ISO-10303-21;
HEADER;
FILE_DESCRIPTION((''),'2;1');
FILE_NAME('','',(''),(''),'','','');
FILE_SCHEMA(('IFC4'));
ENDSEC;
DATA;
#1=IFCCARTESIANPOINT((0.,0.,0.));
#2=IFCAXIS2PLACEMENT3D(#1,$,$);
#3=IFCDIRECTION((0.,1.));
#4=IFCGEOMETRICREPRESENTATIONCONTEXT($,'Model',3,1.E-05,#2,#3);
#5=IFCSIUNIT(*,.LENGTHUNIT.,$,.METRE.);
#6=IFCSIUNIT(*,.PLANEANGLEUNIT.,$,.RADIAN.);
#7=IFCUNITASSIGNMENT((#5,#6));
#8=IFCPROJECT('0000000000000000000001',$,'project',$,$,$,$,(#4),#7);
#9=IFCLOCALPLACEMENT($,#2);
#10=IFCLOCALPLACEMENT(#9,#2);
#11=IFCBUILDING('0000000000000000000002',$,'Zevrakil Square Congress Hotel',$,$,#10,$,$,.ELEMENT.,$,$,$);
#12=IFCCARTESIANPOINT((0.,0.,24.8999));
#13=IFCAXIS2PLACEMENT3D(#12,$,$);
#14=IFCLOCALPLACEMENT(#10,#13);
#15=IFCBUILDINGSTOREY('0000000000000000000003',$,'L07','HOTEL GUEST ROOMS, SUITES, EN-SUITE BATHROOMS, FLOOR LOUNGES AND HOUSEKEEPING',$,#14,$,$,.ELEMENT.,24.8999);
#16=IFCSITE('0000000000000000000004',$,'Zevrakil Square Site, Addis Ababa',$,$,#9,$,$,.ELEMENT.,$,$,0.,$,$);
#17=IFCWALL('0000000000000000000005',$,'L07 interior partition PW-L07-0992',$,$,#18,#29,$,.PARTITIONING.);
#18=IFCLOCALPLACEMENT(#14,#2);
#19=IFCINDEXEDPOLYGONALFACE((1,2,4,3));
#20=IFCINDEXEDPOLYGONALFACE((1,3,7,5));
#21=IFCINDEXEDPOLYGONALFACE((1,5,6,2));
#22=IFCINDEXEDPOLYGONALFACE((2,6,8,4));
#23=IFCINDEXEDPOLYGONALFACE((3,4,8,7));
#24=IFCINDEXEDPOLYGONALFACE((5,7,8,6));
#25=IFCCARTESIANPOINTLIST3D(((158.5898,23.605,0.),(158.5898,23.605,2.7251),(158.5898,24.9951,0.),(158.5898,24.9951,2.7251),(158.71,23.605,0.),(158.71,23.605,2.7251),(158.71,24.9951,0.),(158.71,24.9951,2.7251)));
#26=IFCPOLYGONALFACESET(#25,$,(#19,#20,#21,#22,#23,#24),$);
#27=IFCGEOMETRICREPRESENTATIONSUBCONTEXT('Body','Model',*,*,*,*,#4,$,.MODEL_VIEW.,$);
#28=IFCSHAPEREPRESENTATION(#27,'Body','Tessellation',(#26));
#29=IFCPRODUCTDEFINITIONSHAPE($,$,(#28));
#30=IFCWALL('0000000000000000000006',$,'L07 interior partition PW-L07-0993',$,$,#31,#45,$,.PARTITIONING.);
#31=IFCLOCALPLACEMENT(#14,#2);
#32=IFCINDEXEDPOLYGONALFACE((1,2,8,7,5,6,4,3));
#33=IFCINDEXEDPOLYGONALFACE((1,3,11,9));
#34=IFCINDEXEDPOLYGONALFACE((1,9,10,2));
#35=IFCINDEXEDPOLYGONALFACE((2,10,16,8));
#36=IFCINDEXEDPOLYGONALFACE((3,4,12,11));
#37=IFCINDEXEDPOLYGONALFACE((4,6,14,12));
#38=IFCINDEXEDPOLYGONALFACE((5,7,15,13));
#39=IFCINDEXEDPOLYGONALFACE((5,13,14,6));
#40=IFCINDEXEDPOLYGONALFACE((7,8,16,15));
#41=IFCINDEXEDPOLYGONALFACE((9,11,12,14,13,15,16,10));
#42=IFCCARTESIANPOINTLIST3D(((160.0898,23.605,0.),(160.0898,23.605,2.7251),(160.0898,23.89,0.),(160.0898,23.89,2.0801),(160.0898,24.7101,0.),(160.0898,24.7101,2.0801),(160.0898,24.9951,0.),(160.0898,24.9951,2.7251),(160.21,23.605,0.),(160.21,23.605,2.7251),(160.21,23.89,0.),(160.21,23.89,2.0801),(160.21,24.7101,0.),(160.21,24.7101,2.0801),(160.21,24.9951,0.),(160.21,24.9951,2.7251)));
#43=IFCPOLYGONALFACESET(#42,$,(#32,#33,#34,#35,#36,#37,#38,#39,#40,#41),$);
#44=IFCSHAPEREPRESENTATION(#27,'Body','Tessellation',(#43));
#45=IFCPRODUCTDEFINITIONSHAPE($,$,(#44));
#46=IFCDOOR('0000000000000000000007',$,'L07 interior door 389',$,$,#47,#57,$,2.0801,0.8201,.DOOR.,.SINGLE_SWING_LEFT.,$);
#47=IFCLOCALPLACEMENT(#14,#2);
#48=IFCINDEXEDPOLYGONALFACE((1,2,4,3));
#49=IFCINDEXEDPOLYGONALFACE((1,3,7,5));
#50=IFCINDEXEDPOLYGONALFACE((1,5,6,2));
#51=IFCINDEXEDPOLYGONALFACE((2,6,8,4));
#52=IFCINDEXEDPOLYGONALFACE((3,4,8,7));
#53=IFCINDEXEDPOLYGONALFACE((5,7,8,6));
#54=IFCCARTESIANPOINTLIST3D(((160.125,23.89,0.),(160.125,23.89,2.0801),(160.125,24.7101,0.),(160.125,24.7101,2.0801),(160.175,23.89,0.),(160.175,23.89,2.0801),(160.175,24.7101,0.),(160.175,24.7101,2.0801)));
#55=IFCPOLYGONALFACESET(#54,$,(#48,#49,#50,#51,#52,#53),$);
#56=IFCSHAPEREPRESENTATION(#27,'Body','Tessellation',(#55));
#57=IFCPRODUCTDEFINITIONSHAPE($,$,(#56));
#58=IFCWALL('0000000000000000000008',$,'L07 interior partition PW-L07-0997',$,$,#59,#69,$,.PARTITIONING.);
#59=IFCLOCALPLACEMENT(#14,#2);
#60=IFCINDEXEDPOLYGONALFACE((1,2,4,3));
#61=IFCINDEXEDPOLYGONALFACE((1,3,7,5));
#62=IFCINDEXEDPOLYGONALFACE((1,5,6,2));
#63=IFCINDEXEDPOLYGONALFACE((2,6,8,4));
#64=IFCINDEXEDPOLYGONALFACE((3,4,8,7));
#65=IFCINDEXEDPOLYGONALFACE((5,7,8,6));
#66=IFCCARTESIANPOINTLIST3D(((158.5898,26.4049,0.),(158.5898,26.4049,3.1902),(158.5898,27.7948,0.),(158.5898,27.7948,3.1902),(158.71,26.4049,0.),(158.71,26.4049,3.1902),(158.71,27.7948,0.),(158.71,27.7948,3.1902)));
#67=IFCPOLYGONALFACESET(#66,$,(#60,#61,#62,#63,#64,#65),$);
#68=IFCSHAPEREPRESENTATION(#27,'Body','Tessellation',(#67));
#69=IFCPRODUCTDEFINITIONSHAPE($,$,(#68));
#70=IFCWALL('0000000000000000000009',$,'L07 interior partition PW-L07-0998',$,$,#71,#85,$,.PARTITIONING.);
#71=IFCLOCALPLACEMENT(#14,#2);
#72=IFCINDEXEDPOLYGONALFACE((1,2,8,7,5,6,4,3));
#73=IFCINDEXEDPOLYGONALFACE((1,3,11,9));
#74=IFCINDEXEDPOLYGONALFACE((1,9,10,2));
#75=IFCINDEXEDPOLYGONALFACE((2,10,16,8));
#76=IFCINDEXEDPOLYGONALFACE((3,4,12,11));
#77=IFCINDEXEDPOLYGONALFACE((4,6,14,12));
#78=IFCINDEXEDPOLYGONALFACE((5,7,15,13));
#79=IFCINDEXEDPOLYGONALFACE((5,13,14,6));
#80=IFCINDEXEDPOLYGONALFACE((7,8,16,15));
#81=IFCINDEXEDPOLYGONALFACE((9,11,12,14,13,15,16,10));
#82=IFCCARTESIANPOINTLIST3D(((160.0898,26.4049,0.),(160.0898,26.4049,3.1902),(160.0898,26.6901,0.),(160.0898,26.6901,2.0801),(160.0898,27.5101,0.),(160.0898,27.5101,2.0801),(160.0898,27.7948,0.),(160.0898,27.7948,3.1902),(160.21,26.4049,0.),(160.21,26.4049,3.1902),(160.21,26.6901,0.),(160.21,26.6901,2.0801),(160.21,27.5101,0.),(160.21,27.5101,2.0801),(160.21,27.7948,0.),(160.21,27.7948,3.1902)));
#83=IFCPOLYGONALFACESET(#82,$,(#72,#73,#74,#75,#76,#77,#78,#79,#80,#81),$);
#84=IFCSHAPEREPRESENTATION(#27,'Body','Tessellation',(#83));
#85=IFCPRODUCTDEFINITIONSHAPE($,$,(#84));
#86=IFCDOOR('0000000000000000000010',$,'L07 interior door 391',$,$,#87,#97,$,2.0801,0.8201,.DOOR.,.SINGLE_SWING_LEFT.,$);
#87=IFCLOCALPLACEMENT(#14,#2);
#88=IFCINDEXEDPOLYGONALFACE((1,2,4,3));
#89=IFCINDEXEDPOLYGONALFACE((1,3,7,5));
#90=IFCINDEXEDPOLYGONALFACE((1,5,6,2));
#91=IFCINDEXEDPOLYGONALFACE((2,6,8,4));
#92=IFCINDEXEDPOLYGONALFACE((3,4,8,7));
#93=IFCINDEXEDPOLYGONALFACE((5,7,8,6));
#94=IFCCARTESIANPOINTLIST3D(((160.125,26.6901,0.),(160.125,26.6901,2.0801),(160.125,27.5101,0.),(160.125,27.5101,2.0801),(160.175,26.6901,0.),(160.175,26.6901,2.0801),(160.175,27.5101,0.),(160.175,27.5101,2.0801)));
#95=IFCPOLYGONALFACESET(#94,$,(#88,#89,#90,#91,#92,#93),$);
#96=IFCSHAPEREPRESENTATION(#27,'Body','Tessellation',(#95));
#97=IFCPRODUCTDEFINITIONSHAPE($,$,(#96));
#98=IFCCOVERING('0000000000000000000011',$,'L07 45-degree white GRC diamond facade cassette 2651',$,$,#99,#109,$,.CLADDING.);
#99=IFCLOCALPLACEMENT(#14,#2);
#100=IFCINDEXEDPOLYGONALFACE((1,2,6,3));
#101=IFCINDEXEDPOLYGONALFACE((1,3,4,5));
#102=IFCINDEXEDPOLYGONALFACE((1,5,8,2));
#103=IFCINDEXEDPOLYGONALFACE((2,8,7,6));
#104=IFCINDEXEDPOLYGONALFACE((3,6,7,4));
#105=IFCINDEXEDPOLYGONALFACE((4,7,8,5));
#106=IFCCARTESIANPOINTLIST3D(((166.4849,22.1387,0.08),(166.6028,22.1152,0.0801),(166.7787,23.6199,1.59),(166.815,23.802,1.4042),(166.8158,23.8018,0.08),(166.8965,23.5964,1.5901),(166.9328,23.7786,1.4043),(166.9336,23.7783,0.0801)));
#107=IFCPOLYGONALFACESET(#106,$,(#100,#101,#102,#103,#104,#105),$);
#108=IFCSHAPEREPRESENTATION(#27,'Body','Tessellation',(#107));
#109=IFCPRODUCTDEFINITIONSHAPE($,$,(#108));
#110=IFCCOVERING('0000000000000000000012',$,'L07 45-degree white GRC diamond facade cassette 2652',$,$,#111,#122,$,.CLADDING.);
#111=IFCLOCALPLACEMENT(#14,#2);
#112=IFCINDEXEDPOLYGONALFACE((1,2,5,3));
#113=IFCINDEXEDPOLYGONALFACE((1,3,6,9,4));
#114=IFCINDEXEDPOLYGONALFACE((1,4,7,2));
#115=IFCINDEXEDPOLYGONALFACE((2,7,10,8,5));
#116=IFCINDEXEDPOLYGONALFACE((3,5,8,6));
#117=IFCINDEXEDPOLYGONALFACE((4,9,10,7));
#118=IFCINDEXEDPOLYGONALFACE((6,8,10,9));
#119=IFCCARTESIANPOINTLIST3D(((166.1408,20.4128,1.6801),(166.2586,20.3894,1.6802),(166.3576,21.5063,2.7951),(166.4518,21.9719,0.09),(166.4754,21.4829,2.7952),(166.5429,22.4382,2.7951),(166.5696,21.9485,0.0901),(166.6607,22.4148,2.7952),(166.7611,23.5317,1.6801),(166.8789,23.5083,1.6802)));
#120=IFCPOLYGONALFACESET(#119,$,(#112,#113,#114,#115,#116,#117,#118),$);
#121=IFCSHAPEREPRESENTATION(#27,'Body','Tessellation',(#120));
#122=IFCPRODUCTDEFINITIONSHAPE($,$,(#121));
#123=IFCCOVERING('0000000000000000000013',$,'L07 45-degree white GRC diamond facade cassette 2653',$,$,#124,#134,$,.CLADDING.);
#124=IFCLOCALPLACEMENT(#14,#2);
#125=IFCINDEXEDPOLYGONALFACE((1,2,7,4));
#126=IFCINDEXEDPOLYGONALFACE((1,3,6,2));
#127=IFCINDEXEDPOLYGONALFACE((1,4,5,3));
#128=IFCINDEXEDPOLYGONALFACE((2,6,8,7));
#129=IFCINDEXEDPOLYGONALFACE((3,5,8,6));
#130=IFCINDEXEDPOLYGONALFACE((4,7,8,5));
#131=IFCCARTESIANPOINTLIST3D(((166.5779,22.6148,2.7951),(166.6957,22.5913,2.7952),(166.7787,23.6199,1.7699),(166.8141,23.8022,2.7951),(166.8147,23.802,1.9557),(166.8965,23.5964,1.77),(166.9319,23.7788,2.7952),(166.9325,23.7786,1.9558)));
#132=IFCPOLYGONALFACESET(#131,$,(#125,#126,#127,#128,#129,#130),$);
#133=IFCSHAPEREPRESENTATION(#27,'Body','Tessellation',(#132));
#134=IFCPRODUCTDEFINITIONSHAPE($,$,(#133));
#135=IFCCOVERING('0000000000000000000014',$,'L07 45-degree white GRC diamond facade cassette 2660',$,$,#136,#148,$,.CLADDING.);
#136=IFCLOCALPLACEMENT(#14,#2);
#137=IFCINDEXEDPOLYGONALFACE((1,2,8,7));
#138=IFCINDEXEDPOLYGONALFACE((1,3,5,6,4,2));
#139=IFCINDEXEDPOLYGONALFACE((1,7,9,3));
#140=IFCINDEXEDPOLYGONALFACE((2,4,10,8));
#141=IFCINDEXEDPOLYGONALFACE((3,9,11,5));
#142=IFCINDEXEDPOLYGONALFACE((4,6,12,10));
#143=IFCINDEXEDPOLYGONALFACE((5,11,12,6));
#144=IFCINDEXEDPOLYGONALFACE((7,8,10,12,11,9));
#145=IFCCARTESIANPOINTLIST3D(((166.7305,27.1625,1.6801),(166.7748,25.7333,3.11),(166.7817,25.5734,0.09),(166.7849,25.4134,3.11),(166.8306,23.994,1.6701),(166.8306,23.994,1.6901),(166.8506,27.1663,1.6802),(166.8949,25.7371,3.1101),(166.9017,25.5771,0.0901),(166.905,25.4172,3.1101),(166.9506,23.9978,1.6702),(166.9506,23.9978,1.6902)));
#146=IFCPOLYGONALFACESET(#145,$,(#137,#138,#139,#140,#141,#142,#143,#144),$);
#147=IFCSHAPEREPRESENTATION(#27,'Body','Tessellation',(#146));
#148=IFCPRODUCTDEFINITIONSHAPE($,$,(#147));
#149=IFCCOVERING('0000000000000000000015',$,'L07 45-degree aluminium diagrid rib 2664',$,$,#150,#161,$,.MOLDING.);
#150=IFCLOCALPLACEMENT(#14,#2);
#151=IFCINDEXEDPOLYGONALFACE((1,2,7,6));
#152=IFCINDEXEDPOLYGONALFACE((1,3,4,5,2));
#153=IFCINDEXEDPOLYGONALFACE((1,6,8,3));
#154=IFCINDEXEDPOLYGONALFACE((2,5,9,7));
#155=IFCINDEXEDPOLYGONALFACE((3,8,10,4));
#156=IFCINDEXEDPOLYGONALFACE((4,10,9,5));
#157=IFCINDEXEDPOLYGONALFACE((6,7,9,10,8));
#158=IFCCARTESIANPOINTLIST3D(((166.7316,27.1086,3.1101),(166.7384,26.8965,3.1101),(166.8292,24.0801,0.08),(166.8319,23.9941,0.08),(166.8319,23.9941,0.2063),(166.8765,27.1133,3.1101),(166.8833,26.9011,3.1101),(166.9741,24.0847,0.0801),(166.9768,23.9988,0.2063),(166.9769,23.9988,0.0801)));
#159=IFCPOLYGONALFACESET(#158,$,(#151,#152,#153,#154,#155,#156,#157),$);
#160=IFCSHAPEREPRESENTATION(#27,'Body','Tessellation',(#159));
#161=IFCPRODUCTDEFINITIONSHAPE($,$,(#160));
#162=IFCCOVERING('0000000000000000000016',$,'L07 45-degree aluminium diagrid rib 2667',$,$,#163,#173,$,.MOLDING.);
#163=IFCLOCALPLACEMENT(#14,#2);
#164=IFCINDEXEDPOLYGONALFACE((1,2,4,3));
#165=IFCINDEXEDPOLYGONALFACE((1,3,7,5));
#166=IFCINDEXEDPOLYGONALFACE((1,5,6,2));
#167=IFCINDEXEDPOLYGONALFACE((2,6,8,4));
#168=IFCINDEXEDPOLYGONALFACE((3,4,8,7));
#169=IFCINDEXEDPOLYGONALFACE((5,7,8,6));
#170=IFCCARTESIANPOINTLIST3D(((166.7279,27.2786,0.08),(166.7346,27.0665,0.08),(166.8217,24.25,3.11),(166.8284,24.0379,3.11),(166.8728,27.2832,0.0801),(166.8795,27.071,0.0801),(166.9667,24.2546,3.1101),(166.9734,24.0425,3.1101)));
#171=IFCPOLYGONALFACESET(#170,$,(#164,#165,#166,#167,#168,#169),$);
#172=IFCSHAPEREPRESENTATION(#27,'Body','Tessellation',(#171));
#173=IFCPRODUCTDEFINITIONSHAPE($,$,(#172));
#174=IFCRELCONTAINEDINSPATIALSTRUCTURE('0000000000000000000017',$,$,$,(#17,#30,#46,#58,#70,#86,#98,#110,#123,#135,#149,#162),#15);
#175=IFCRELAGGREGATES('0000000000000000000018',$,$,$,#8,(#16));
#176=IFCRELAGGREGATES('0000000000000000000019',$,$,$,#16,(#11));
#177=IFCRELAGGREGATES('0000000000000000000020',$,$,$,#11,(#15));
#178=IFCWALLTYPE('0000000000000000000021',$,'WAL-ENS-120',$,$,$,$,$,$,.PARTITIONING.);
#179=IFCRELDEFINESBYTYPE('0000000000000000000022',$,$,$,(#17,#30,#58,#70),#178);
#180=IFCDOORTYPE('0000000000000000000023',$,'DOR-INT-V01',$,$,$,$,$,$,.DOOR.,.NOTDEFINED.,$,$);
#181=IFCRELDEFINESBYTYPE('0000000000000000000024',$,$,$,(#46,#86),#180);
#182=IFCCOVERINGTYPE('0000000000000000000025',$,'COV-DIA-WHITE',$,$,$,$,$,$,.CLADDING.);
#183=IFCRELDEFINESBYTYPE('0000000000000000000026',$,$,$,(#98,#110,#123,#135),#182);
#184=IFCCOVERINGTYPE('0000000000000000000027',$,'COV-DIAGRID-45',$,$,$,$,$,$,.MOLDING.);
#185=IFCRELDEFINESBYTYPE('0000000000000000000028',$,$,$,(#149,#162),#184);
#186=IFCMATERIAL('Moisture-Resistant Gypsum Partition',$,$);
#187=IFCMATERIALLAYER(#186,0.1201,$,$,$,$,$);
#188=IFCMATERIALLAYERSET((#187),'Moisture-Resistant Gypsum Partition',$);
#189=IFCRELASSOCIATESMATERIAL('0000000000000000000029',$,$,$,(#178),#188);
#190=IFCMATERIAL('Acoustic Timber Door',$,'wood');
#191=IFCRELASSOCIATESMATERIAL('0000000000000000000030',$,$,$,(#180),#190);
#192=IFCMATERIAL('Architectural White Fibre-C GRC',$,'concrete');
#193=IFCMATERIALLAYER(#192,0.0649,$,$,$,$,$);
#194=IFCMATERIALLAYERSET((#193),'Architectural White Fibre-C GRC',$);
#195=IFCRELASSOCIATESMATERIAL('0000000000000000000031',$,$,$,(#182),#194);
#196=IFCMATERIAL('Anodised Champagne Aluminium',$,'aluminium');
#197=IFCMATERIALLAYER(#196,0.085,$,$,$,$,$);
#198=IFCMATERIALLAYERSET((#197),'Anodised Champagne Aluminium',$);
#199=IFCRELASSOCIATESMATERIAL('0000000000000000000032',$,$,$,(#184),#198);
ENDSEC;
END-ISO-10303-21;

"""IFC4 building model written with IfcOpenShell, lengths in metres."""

from ifc_helpers import new_model, si_unit, direction, frame, frame_2d, origin, place, context, subcontext, project, spatial, polyline, rectangle, outline, extrude, material, layer, layer_set, type_object, element, fill, save


model = new_model("IFC4")

# Units and contexts
model_context = context("Model", 3, precision=1e-05, world=origin(), true_north=direction((0.0, 1.0)))
body_context = subcontext(model_context, "Body", "Model", "MODEL_VIEW")
ifc_project = project(units=[si_unit("LENGTHUNIT", "METRE"), si_unit("PLANEANGLEUNIT", "RADIAN")], contexts=[model_context])

# Site, building, storey
site_placement = place(None, origin())
site = spatial("IfcSite", under=ifc_project, at=site_placement, Name="Zevrakil Square Site, Addis Ababa", CompositionType="ELEMENT", RefElevation=0.0)
building_placement = place(site_placement, origin())
building = spatial("IfcBuilding", under=site, at=building_placement, Name="Zevrakil Square Congress Hotel", CompositionType="ELEMENT")
storey_placement = place(building_placement, frame((0.0, 0.0, 24.8999)))
storey = spatial("IfcBuildingStorey", under=building, at=storey_placement, Name="L07", Description="HOTEL GUEST ROOMS, SUITES, EN-SUITE BATHROOMS, FLOOR LOUNGES AND HOUSEKEEPING", CompositionType="ELEMENT", Elevation=24.8999)

# Wall
ifc_material_1 = material(Name="Moisture-Resistant Gypsum Partition")
ifc_layer_1 = layer(ifc_material_1, 0.1201)
ifc_layer_set_1 = layer_set([ifc_layer_1], Name="Moisture-Resistant Gypsum Partition")
wall_type_1 = type_object("IfcWallType", Name="WAL-ENS-120", PredefinedType="PARTITIONING", material=ifc_layer_set_1)
wall_1_placement = place(storey_placement, frame((158.6499, 23.605, 0.0), z_axis=(0.0, 0.0, 1.0), x_axis=(0.0, 1.0, 0.0)))
element("IfcWall", 1, at=wall_1_placement, inside=storey, type_object=wall_type_1, Name="L07 interior partition PW-L07-0992", PredefinedType="PARTITIONING", context=body_context, shape_type="SweptSolid", body=[
    extrude(rectangle(XDim=1.3901, YDim=0.1201, at=frame_2d((0.6951, 0.0))), origin(), (0.0, 0.0, 1.0), 2.7251),
])

# Wall, opening, door
wall_2_placement = place(storey_placement, frame((160.1499, 23.605, 0.0), z_axis=(0.0, 0.0, 1.0), x_axis=(0.0, 1.0, 0.0)))
wall_2 = element("IfcWall", 2, at=wall_2_placement, inside=storey, type_object=wall_type_1, Name="L07 interior partition PW-L07-0993", PredefinedType="PARTITIONING", context=body_context, shape_type="SweptSolid", body=[
    extrude(rectangle(XDim=1.3901, YDim=0.1201, at=frame_2d((0.6951, 0.0))), origin(), (0.0, 0.0, 1.0), 2.7251),
])
opening_1_placement = place(wall_2_placement, frame((0.2849, 0.0, 0.0)))
opening_1 = element("IfcOpeningElement", 3, at=opening_1_placement, cuts=wall_2, PredefinedType="OPENING", context=body_context, shape_type="SweptSolid", body=[
    extrude(rectangle(XDim=0.8201, YDim=2.0801, at=frame_2d((0.4102, 1.04))), frame((0.0, 0.0701, 0.0), z_axis=(0.0, -1.0, 0.0), x_axis=(1.0, 0.0, 0.0)), (0.0, 0.0, 1.0), 0.1401),
])
ifc_material_2 = material(Name="Acoustic Timber Door", Category="wood")
door_type_1 = type_object("IfcDoorType", Name="DOR-INT-V01", OperationType="NOTDEFINED", PredefinedType="DOOR", material=ifc_material_2)
door_1_placement = place(opening_1_placement, origin())
door_1 = element("IfcDoor", 4, at=door_1_placement, inside=storey, type_object=door_type_1, Name="L07 interior door 389", OperationType="SINGLE_SWING_LEFT", OverallHeight=2.0801, OverallWidth=0.8201, PredefinedType="DOOR", context=body_context, shape_type="SweptSolid", body=[
    extrude(rectangle(XDim=0.8201, YDim=2.0801, at=frame_2d((0.4102, 1.04))), frame((0.0, 0.0249, 0.0), z_axis=(0.0, -1.0, 0.0), x_axis=(1.0, 0.0, 0.0)), (0.0, 0.0, 1.0), 0.05),
])
fill(opening_1, door_1)

# Wall
wall_3_placement = place(storey_placement, frame((158.6499, 26.405, 0.0), z_axis=(0.0, 0.0, 1.0), x_axis=(0.0, 1.0, 0.0)))
element("IfcWall", 5, at=wall_3_placement, inside=storey, type_object=wall_type_1, Name="L07 interior partition PW-L07-0997", PredefinedType="PARTITIONING", context=body_context, shape_type="SweptSolid", body=[
    extrude(rectangle(XDim=1.3899, YDim=0.1201, at=frame_2d((0.6948, 0.0))), origin(), (0.0, 0.0, 1.0), 3.1902),
])

# Wall, opening, door
wall_4_placement = place(storey_placement, frame((160.1499, 26.405, 0.0), z_axis=(0.0, 0.0, 1.0), x_axis=(0.0, 1.0, 0.0)))
wall_4 = element("IfcWall", 6, at=wall_4_placement, inside=storey, type_object=wall_type_1, Name="L07 interior partition PW-L07-0998", PredefinedType="PARTITIONING", context=body_context, shape_type="SweptSolid", body=[
    extrude(rectangle(XDim=1.3899, YDim=0.1201, at=frame_2d((0.6948, 0.0))), origin(), (0.0, 0.0, 1.0), 3.1902),
])
opening_2_placement = place(wall_4_placement, frame((0.2849, 0.0, 0.0)))
opening_2 = element("IfcOpeningElement", 7, at=opening_2_placement, cuts=wall_4, PredefinedType="OPENING", context=body_context, shape_type="SweptSolid", body=[
    extrude(rectangle(XDim=0.8201, YDim=2.0801, at=frame_2d((0.4102, 1.04))), frame((0.0, 0.0701, 0.0), z_axis=(0.0, -1.0, 0.0), x_axis=(1.0, 0.0, 0.0)), (0.0, 0.0, 1.0), 0.1401),
])
door_2_placement = place(opening_2_placement, origin())
door_2 = element("IfcDoor", 8, at=door_2_placement, inside=storey, type_object=door_type_1, Name="L07 interior door 391", OperationType="SINGLE_SWING_LEFT", OverallHeight=2.0801, OverallWidth=0.8201, PredefinedType="DOOR", context=body_context, shape_type="SweptSolid", body=[
    extrude(rectangle(XDim=0.8201, YDim=2.0801, at=frame_2d((0.4102, 1.04))), frame((0.0, 0.0249, 0.0), z_axis=(0.0, -1.0, 0.0), x_axis=(1.0, 0.0, 0.0)), (0.0, 0.0, 1.0), 0.05),
])
fill(opening_2, door_2)

# Coverings
ifc_material_3 = material(Name="Architectural White Fibre-C GRC", Category="concrete")
ifc_layer_2 = layer(ifc_material_3, 0.0649)
ifc_layer_set_2 = layer_set([ifc_layer_2], Name="Architectural White Fibre-C GRC")
covering_type_1 = type_object("IfcCoveringType", Name="COV-DIA-WHITE", PredefinedType="CLADDING", material=ifc_layer_set_2)
covering_1_placement = place(storey_placement, frame((166.8965, 23.5964, 1.5901), z_axis=(0.980781, -0.195109, 0.000602), x_axis=(0.138357, 0.693313, -0.70723)))
element("IfcCovering", 9, at=covering_1_placement, inside=storey, type_object=covering_type_1, Name="L07 45-degree white GRC diamond facade cassette 2651", PredefinedType="CLADDING", context=body_context, shape_type="SweptSolid", body=[
    extrude(outline(polyline([(0.0, 0.0), (0.2627, 0.0), (1.1992, -0.9363), (0.0004, -2.1355), (0.0, 0.0)])), origin(), (0.0, 0.0, -1.0), 0.1201),
])
covering_2_placement = place(storey_placement, frame((166.8789, 23.5083, 1.6802), z_axis=(0.980788, -0.195077, 0.000606), x_axis=(-0.137524, -0.693628, -0.707084)))
element("IfcCovering", 10, at=covering_2_placement, inside=storey, type_object=covering_type_1, Name="L07 45-degree white GRC diamond facade cassette 2652", PredefinedType="CLADDING", context=body_context, shape_type="SweptSolid", body=[
    extrude(outline(polyline([(0.0, 0.0), (2.2488, 0.0), (2.2487, -2.2485), (0.672, -2.2487), (0.0001, -1.5769), (0.0, 0.0)])), origin(), (0.0, 0.0, -1.0), 0.1201),
])
covering_3_placement = place(storey_placement, frame((166.8965, 23.5964, 1.77), z_axis=(0.980793, -0.195047, 0.00083), x_axis=(-0.138483, -0.69335, 0.707169)))
element("IfcCovering", 11, at=covering_3_placement, inside=storey, type_object=covering_type_1, Name="L07 45-degree white GRC diamond facade cassette 2653", PredefinedType="CLADDING", context=body_context, shape_type="SweptSolid", body=[
    extrude(outline(polyline([(0.0, 0.0), (1.4496, 0.0), (0.5936, -0.8562), (0.0001, -0.2627), (0.0, 0.0)])), origin(), (0.0, 0.0, -1.0), 0.1201),
])
covering_4_placement = place(storey_placement, frame((166.8506, 27.1663, 1.6802), z_axis=(0.999502, 0.031563, 0.000601), x_axis=(0.022742, -0.706708, -0.70714)))
element("IfcCovering", 12, at=covering_4_placement, inside=storey, type_object=covering_type_1, Name="L07 45-degree white GRC diamond facade cassette 2660", PredefinedType="CLADDING", context=body_context, shape_type="SweptSolid", body=[
    extrude(outline(polyline([(0.0, 0.0), (2.2486, 0.0), (2.2485, -2.2346), (2.2344, -2.2487), (0.2261, -2.2485), (-0.0001, -2.0222), (0.0, 0.0)])), origin(), (0.0, 0.0, -1.0), 0.1201),
])
ifc_material_4 = material(Name="Anodised Champagne Aluminium", Category="aluminium")
ifc_layer_3 = layer(ifc_material_4, 0.085)
ifc_layer_set_3 = layer_set([ifc_layer_3], Name="Anodised Champagne Aluminium")
covering_type_2 = type_object("IfcCoveringType", Name="COV-DIAGRID-45", PredefinedType="MOLDING", material=ifc_layer_set_3)
covering_5_placement = place(storey_placement, frame((166.9741, 24.0847, 0.0801), z_axis=(0.999488, 0.032004, 0.000202), x_axis=(0.032004, -0.999488, 0.0)))
element("IfcCovering", 13, at=covering_5_placement, inside=storey, type_object=covering_type_2, Name="L07 45-degree aluminium diagrid rib 2664", PredefinedType="MOLDING", context=body_context, shape_type="SweptSolid", body=[
    extrude(outline(polyline([(0.0, 0.0), (0.086, 0.0), (0.086, -0.1262), (-2.8179, -3.03), (-3.0301, -3.03), (0.0, 0.0)])), origin(), (0.0, 0.0, -1.0), 0.145),
])
covering_6_placement = place(storey_placement, frame((166.9734, 24.0425, 3.1101), z_axis=(0.999499, 0.03163, 0.000649), x_axis=(-0.03163, 0.9995, 0.0)))
element("IfcCovering", 14, at=covering_6_placement, inside=storey, type_object=covering_type_2, Name="L07 45-degree aluminium diagrid rib 2667", PredefinedType="MOLDING", context=body_context, shape_type="SweptSolid", body=[
    extrude(outline(polyline([(0.0, 0.0), (0.2123, 0.0), (3.2423, -3.03), (3.03, -3.03), (0.0, 0.0)])), origin(), (0.0, 0.0, -1.0), 0.145),
])

save(model, "model.ifc")
